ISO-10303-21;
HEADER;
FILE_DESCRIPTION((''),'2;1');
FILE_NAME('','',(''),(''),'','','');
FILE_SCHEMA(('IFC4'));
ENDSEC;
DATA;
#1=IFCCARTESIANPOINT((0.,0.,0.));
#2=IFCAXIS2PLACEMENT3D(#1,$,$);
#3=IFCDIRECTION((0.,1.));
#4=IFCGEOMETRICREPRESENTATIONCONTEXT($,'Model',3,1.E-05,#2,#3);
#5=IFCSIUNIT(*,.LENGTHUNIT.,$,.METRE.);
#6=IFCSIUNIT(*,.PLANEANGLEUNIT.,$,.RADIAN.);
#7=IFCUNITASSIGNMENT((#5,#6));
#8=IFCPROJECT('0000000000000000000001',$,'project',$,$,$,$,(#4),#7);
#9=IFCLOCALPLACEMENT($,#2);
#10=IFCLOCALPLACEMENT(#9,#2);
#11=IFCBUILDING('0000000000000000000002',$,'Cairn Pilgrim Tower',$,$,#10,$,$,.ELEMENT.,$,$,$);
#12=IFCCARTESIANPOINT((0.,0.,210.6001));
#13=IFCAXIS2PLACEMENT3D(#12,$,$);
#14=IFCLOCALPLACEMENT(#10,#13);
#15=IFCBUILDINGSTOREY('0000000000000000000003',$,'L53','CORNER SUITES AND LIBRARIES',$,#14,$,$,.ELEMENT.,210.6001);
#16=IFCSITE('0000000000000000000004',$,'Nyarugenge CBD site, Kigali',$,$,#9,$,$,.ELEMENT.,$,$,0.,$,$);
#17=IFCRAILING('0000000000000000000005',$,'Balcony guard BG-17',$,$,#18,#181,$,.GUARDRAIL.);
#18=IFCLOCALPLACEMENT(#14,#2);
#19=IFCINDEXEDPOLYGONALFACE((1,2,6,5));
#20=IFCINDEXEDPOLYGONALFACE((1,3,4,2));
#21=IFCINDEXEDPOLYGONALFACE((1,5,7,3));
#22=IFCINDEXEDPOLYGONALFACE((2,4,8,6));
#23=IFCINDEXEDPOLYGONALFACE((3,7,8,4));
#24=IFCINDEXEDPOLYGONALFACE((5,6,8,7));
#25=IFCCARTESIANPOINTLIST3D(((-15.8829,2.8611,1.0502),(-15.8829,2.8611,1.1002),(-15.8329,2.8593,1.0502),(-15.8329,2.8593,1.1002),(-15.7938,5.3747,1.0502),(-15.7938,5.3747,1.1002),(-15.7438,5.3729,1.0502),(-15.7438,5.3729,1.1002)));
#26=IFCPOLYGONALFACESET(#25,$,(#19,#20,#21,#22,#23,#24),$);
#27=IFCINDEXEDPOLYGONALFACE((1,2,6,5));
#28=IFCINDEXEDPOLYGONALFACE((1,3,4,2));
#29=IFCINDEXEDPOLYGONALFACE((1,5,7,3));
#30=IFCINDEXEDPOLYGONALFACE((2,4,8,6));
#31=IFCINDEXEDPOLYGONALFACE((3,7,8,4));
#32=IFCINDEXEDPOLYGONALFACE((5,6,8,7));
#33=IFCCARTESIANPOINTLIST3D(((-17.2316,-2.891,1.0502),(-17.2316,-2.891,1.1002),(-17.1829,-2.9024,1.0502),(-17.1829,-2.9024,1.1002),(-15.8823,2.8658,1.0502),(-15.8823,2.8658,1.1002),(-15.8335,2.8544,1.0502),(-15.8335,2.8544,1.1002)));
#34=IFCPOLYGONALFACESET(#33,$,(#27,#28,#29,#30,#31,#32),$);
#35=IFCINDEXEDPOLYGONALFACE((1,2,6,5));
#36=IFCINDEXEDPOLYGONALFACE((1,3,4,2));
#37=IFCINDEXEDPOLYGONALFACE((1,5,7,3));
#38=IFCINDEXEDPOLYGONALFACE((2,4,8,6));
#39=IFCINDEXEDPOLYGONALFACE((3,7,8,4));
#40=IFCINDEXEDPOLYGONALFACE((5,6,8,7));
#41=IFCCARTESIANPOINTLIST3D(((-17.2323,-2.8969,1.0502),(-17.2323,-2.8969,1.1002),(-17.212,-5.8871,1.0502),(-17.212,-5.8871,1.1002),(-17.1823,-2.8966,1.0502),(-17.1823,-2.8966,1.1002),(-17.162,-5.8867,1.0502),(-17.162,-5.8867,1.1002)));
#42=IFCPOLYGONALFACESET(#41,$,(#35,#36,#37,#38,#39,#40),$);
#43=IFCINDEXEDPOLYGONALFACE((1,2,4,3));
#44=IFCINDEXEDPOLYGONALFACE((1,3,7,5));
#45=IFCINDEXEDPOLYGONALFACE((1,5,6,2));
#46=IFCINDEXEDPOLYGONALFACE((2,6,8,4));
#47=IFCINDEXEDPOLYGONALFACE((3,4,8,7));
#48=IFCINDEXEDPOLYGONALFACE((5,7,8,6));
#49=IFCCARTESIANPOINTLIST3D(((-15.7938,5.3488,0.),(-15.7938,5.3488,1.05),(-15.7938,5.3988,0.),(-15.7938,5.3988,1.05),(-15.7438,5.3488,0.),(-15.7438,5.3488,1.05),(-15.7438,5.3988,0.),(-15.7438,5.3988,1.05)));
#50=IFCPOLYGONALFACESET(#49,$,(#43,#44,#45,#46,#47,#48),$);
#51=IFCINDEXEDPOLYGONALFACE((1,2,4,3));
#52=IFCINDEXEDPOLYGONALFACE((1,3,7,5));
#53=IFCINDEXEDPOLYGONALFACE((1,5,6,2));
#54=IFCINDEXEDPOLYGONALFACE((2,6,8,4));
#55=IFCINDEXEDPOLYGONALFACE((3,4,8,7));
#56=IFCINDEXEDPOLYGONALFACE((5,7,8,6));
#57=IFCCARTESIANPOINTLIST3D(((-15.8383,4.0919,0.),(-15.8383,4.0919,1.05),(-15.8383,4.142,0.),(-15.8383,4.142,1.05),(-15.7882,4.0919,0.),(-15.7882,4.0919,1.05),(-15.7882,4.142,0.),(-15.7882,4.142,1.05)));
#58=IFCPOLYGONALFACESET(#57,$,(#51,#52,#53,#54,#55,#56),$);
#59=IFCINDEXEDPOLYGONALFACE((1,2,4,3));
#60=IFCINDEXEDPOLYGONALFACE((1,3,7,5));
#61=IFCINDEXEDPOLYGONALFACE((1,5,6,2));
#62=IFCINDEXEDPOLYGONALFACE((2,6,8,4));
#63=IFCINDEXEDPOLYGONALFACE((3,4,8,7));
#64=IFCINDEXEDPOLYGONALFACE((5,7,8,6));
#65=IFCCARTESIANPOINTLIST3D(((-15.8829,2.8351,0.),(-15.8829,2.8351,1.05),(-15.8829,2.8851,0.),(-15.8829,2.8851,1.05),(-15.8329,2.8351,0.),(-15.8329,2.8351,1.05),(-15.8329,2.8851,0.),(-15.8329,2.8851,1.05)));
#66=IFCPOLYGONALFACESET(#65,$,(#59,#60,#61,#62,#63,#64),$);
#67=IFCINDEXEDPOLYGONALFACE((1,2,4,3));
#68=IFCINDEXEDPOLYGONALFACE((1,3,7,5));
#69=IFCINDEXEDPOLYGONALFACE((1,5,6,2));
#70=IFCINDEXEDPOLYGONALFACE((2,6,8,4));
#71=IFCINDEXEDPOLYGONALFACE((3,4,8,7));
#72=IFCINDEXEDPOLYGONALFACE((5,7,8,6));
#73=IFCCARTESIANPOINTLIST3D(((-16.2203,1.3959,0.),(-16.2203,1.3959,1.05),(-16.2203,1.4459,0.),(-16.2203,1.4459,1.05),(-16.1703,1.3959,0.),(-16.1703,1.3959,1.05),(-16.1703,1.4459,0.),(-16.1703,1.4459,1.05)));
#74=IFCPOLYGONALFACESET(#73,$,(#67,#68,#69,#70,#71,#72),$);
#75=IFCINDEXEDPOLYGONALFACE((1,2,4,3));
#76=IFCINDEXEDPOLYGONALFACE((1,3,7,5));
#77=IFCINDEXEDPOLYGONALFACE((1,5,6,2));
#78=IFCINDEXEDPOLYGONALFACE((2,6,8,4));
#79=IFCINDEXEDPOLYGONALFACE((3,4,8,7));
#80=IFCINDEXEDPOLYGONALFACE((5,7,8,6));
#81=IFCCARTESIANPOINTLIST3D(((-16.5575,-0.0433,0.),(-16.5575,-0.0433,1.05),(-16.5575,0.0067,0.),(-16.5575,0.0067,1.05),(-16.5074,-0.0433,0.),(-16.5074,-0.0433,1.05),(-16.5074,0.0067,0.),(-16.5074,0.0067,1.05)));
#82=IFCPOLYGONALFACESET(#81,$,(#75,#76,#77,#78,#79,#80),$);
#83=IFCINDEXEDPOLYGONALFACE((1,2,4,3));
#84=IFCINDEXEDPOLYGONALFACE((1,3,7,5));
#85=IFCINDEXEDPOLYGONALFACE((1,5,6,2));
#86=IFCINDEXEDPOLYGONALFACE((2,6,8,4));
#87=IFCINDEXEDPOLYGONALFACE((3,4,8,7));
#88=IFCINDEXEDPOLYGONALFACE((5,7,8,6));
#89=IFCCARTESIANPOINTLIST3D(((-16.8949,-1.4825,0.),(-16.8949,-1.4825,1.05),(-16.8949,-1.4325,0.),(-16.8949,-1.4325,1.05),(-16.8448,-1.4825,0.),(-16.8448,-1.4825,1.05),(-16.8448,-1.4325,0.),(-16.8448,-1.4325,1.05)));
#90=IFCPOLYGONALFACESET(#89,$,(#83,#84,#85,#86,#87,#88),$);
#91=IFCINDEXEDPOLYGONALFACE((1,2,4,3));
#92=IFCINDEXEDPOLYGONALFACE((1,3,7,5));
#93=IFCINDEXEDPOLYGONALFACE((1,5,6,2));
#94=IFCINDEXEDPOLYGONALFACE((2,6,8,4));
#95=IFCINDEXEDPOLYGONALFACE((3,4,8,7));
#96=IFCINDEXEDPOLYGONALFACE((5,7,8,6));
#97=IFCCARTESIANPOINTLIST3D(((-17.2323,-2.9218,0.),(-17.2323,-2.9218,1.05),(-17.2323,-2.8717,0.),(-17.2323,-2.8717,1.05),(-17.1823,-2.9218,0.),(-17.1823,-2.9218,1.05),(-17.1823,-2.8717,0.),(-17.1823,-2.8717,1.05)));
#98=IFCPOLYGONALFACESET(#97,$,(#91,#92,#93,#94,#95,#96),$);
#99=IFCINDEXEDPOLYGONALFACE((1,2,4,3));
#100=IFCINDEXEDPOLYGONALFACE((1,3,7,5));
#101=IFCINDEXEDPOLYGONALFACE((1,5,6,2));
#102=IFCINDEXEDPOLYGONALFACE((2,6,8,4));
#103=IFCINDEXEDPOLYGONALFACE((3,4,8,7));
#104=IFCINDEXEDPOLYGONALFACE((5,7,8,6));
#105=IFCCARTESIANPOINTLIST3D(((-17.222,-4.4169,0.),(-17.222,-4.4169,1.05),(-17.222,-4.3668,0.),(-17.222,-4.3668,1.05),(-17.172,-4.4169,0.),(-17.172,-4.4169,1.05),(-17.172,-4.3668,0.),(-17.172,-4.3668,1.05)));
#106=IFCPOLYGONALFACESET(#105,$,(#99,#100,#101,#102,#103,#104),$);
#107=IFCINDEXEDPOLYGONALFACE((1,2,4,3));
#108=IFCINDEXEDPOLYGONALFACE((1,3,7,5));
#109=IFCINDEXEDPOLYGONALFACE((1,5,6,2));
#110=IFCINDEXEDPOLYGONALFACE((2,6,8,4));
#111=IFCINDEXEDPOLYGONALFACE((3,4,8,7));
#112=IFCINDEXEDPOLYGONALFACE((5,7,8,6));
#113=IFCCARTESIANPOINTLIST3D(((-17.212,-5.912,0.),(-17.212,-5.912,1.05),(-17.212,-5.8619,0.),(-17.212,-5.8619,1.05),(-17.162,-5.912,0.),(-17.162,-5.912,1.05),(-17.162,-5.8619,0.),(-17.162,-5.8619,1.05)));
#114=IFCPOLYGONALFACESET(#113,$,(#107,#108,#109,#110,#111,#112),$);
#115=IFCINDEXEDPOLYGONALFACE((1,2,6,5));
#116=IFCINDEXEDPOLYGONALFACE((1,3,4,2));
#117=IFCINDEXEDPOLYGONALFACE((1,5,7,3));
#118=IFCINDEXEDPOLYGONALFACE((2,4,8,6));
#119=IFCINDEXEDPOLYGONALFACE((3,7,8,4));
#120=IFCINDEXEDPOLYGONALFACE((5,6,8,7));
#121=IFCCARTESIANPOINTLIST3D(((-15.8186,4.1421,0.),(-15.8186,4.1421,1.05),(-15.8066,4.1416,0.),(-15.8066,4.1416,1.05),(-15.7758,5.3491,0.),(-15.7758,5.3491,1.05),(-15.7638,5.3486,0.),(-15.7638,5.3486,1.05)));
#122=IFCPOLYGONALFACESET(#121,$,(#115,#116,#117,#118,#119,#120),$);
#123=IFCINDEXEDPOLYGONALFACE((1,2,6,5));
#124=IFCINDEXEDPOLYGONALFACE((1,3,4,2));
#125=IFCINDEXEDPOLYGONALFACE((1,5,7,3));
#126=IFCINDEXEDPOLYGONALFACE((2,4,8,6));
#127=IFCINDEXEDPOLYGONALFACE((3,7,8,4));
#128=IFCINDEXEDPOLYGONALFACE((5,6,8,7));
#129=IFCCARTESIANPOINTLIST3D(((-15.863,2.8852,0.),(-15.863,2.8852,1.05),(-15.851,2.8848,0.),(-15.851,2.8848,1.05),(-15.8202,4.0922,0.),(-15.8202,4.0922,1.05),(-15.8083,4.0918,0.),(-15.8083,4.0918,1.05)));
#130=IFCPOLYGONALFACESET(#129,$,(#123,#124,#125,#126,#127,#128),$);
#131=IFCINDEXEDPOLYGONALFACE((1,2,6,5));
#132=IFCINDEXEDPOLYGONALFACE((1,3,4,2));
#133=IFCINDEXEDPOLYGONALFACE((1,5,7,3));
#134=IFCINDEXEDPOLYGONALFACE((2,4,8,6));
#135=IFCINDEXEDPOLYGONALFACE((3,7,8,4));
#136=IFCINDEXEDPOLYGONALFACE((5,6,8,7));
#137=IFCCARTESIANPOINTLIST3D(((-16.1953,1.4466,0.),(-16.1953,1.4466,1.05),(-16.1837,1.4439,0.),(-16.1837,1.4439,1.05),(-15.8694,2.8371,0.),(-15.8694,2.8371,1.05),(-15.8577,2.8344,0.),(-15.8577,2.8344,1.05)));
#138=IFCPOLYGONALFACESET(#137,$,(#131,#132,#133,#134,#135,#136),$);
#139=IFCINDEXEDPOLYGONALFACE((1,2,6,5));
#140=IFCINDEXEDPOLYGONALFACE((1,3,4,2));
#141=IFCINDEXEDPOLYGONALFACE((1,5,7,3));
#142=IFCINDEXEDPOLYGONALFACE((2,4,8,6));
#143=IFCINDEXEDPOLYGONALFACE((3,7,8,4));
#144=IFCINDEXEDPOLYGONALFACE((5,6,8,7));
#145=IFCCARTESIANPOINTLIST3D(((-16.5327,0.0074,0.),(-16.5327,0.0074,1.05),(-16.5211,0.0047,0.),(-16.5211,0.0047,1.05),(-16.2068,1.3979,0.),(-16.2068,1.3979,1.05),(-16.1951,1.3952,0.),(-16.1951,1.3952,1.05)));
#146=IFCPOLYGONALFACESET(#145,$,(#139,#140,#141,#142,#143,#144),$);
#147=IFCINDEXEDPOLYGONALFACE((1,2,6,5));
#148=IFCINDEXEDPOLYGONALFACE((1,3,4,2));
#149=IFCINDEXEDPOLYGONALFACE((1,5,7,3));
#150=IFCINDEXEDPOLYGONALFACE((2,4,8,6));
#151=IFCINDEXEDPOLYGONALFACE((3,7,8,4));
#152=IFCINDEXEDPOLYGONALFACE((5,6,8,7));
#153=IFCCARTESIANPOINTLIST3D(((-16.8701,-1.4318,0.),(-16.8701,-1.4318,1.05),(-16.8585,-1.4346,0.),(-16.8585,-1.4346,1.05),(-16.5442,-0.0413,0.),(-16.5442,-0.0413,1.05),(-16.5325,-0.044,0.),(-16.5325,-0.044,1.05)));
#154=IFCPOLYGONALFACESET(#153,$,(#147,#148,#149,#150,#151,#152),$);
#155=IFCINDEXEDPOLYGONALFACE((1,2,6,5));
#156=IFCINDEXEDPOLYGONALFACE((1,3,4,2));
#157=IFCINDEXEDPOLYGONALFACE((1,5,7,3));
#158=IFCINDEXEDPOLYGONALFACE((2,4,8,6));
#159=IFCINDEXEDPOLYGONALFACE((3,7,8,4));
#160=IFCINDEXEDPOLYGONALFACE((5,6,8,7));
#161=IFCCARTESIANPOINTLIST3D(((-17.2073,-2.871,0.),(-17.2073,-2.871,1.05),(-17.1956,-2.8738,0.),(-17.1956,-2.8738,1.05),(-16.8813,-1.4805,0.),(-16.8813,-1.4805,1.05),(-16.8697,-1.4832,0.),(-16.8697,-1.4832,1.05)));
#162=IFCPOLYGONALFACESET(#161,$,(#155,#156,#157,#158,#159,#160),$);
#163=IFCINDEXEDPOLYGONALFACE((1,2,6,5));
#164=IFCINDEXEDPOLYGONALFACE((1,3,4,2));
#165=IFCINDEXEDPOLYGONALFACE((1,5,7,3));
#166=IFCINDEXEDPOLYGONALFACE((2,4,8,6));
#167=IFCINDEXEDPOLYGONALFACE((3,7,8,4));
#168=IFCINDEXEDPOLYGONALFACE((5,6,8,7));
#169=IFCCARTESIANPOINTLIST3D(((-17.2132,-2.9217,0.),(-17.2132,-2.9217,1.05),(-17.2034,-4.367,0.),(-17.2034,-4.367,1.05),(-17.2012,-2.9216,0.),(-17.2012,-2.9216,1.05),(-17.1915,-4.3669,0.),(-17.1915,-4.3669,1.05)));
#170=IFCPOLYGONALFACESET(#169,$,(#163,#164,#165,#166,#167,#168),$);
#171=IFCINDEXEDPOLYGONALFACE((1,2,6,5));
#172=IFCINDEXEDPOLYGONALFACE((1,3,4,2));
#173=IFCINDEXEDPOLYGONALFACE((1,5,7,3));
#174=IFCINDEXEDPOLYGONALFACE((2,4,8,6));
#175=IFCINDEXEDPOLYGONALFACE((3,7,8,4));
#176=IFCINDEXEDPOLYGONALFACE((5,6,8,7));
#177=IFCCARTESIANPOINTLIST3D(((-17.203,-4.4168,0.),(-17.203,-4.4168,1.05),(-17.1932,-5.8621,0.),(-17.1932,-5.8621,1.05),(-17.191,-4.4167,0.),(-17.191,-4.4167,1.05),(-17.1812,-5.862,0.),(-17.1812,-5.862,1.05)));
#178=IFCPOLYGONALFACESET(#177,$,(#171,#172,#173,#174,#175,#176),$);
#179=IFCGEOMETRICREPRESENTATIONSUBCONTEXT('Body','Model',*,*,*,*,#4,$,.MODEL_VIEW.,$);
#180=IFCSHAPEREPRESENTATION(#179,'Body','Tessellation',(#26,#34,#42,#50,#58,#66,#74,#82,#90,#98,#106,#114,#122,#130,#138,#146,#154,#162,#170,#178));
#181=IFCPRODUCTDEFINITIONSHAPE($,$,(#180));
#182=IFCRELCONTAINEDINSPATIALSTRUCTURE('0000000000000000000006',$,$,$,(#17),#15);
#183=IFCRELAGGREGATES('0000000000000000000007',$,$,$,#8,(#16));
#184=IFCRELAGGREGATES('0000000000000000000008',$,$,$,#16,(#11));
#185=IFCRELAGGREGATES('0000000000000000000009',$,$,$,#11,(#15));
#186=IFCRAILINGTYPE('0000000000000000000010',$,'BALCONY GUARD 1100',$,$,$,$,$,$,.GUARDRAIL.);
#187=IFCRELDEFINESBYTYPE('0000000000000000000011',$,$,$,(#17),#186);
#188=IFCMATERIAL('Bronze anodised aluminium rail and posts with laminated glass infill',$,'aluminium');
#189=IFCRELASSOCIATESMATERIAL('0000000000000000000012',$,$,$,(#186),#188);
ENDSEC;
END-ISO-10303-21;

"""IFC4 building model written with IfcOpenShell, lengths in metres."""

from ifc_helpers import new_model, si_unit, direction, frame, origin, origin_2d, place, context, subcontext, project, spatial, polyline, rectangle, outline, extrude, material, type_object, element, save


model = new_model("IFC4")

# Units and contexts
model_context = context("Model", 3, precision=1e-05, world=origin(), true_north=direction((0.0, 1.0)))
body_context = subcontext(model_context, "Body", "Model", "MODEL_VIEW")
ifc_project = project(units=[si_unit("LENGTHUNIT", "METRE"), si_unit("PLANEANGLEUNIT", "RADIAN")], contexts=[model_context])

# Site, building, storey
site_placement = place(None, origin())
site = spatial("IfcSite", under=ifc_project, at=site_placement, Name="Nyarugenge CBD site, Kigali", CompositionType="ELEMENT", RefElevation=0.0)
building_placement = place(site_placement, origin())
building = spatial("IfcBuilding", under=site, at=building_placement, Name="Cairn Pilgrim Tower", CompositionType="ELEMENT")
storey_placement = place(building_placement, frame((0.0, 0.0, 210.6001)))
storey = spatial("IfcBuildingStorey", under=building, at=storey_placement, Name="L53", Description="CORNER SUITES AND LIBRARIES", CompositionType="ELEMENT", Elevation=210.6001)

# Railing
ifc_material_1 = material(Name="Bronze anodised aluminium rail and posts with laminated glass infill", Category="aluminium")
railing_type = type_object("IfcRailingType", Name="BALCONY GUARD 1100", PredefinedType="GUARDRAIL", material=ifc_material_1)
railing_1_placement = place(storey_placement, frame((-15.7688, 5.3738, 0.0)))
element("IfcRailing", 1, at=railing_1_placement, inside=storey, type_object=railing_type, Name="Balcony guard BG-17", PredefinedType="GUARDRAIL", context=body_context, shape_type="SweptSolid", body=[
    extrude(rectangle(XDim=0.05, YDim=0.05, at=origin_2d()), frame((0.0, 0.0, 1.0752), z_axis=(-0.035428, -0.999372, 0.0), x_axis=(0.999372, -0.035428, 0.0)), (0.0, 0.0, 1.0), 2.5151),
    extrude(rectangle(XDim=0.05, YDim=0.05, at=origin_2d()), frame((-0.0891, -2.5137, 1.0752), z_axis=(-0.228208, -0.973612, 0.0), x_axis=(0.973612, -0.228208, 0.0)), (0.0, 0.0, 1.0), 5.9128),
    extrude(rectangle(XDim=0.05, YDim=0.05, at=origin_2d()), frame((-1.4385, -8.2705, 1.0752), z_axis=(0.006776, -0.999977, 0.0), x_axis=(0.999977, 0.006776, 0.0)), (0.0, 0.0, 1.0), 2.9902),
    extrude(rectangle(XDim=0.05, YDim=0.05, at=origin_2d()), origin(), (0.0, 0.0, 1.0), 1.05),
    extrude(rectangle(XDim=0.05, YDim=0.05, at=origin_2d()), frame((-0.0444, -1.2568, 0.0)), (0.0, 0.0, 1.0), 1.05),
    extrude(rectangle(XDim=0.05, YDim=0.05, at=origin_2d()), frame((-0.0891, -2.5137, 0.0)), (0.0, 0.0, 1.0), 1.05),
    extrude(rectangle(XDim=0.05, YDim=0.05, at=origin_2d()), frame((-0.4265, -3.9529, 0.0)), (0.0, 0.0, 1.0), 1.05),
    extrude(rectangle(XDim=0.05, YDim=0.05, at=origin_2d()), frame((-0.7637, -5.3921, 0.0)), (0.0, 0.0, 1.0), 1.05),
    extrude(rectangle(XDim=0.05, YDim=0.05, at=origin_2d()), frame((-1.1011, -6.8313, 0.0)), (0.0, 0.0, 1.0), 1.05),
    extrude(rectangle(XDim=0.05, YDim=0.05, at=origin_2d()), frame((-1.4385, -8.2705, 0.0)), (0.0, 0.0, 1.0), 1.05),
    extrude(rectangle(XDim=0.05, YDim=0.05, at=origin_2d()), frame((-1.4282, -9.7656, 0.0)), (0.0, 0.0, 1.0), 1.05),
    extrude(rectangle(XDim=0.05, YDim=0.05, at=origin_2d()), frame((-1.4182, -11.2607, 0.0)), (0.0, 0.0, 1.0), 1.05),
    extrude(outline(polyline([(0.0249, 0.0), (1.2327, 0.0), (1.2327, 1.05), (0.0249, 1.05), (0.0249, 0.0)])), frame((0.0059, -0.0002, 0.0), z_axis=(-0.999372, 0.035428, 0.0), x_axis=(-0.035428, -0.999372, 0.0)), (0.0, 0.0, 1.0), 0.012),
    extrude(outline(polyline([(0.0249, 0.0), (1.2327, 0.0), (1.2327, 1.05), (0.0249, 1.05), (0.0249, 0.0)])), frame((-0.0386, -1.2571, 0.0), z_axis=(-0.999372, 0.035428, 0.0), x_axis=(-0.035428, -0.999372, 0.0)), (0.0, 0.0, 1.0), 0.012),
    extrude(outline(polyline([(0.0249, 0.0), (1.4531, 0.0), (1.4531, 1.05), (0.0249, 1.05), (0.0249, 0.0)])), frame((-0.0833, -2.5151, 0.0), z_axis=(-0.973612, 0.228208, 0.0), x_axis=(-0.228208, -0.973612, 0.0)), (0.0, 0.0, 1.0), 0.012),
    extrude(outline(polyline([(0.0249, 0.0), (1.4531, 0.0), (1.4531, 1.05), (0.0249, 1.05), (0.0249, 0.0)])), frame((-0.4207, -3.9543, 0.0), z_axis=(-0.973612, 0.228208, 0.0), x_axis=(-0.228208, -0.973612, 0.0)), (0.0, 0.0, 1.0), 0.012),
    extrude(outline(polyline([(0.0249, 0.0), (1.4531, 0.0), (1.4531, 1.05), (0.0249, 1.05), (0.0249, 0.0)])), frame((-0.7581, -5.3936, 0.0), z_axis=(-0.973612, 0.228208, 0.0), x_axis=(-0.228208, -0.973612, 0.0)), (0.0, 0.0, 1.0), 0.012),
    extrude(outline(polyline([(0.0249, 0.0), (1.4531, 0.0), (1.4531, 1.05), (0.0249, 1.05), (0.0249, 0.0)])), frame((-1.0952, -6.8328, 0.0), z_axis=(-0.973612, 0.228208, 0.0), x_axis=(-0.228208, -0.973612, 0.0)), (0.0, 0.0, 1.0), 0.012),
    extrude(outline(polyline([(0.0249, 0.0), (1.4702, 0.0), (1.4702, 1.05), (0.0249, 1.05), (0.0249, 0.0)])), frame((-1.4326, -8.2705, 0.0), z_axis=(-0.999977, -0.006776, 0.0), x_axis=(0.006776, -0.999977, 0.0)), (0.0, 0.0, 1.0), 0.012),
    extrude(outline(polyline([(0.0249, 0.0), (1.4702, 0.0), (1.4702, 1.05), (0.0249, 1.05), (0.0249, 0.0)])), frame((-1.4224, -9.7656, 0.0), z_axis=(-0.999977, -0.006776, 0.0), x_axis=(0.006776, -0.999977, 0.0)), (0.0, 0.0, 1.0), 0.012),
])

save(model, "model.ifc")
